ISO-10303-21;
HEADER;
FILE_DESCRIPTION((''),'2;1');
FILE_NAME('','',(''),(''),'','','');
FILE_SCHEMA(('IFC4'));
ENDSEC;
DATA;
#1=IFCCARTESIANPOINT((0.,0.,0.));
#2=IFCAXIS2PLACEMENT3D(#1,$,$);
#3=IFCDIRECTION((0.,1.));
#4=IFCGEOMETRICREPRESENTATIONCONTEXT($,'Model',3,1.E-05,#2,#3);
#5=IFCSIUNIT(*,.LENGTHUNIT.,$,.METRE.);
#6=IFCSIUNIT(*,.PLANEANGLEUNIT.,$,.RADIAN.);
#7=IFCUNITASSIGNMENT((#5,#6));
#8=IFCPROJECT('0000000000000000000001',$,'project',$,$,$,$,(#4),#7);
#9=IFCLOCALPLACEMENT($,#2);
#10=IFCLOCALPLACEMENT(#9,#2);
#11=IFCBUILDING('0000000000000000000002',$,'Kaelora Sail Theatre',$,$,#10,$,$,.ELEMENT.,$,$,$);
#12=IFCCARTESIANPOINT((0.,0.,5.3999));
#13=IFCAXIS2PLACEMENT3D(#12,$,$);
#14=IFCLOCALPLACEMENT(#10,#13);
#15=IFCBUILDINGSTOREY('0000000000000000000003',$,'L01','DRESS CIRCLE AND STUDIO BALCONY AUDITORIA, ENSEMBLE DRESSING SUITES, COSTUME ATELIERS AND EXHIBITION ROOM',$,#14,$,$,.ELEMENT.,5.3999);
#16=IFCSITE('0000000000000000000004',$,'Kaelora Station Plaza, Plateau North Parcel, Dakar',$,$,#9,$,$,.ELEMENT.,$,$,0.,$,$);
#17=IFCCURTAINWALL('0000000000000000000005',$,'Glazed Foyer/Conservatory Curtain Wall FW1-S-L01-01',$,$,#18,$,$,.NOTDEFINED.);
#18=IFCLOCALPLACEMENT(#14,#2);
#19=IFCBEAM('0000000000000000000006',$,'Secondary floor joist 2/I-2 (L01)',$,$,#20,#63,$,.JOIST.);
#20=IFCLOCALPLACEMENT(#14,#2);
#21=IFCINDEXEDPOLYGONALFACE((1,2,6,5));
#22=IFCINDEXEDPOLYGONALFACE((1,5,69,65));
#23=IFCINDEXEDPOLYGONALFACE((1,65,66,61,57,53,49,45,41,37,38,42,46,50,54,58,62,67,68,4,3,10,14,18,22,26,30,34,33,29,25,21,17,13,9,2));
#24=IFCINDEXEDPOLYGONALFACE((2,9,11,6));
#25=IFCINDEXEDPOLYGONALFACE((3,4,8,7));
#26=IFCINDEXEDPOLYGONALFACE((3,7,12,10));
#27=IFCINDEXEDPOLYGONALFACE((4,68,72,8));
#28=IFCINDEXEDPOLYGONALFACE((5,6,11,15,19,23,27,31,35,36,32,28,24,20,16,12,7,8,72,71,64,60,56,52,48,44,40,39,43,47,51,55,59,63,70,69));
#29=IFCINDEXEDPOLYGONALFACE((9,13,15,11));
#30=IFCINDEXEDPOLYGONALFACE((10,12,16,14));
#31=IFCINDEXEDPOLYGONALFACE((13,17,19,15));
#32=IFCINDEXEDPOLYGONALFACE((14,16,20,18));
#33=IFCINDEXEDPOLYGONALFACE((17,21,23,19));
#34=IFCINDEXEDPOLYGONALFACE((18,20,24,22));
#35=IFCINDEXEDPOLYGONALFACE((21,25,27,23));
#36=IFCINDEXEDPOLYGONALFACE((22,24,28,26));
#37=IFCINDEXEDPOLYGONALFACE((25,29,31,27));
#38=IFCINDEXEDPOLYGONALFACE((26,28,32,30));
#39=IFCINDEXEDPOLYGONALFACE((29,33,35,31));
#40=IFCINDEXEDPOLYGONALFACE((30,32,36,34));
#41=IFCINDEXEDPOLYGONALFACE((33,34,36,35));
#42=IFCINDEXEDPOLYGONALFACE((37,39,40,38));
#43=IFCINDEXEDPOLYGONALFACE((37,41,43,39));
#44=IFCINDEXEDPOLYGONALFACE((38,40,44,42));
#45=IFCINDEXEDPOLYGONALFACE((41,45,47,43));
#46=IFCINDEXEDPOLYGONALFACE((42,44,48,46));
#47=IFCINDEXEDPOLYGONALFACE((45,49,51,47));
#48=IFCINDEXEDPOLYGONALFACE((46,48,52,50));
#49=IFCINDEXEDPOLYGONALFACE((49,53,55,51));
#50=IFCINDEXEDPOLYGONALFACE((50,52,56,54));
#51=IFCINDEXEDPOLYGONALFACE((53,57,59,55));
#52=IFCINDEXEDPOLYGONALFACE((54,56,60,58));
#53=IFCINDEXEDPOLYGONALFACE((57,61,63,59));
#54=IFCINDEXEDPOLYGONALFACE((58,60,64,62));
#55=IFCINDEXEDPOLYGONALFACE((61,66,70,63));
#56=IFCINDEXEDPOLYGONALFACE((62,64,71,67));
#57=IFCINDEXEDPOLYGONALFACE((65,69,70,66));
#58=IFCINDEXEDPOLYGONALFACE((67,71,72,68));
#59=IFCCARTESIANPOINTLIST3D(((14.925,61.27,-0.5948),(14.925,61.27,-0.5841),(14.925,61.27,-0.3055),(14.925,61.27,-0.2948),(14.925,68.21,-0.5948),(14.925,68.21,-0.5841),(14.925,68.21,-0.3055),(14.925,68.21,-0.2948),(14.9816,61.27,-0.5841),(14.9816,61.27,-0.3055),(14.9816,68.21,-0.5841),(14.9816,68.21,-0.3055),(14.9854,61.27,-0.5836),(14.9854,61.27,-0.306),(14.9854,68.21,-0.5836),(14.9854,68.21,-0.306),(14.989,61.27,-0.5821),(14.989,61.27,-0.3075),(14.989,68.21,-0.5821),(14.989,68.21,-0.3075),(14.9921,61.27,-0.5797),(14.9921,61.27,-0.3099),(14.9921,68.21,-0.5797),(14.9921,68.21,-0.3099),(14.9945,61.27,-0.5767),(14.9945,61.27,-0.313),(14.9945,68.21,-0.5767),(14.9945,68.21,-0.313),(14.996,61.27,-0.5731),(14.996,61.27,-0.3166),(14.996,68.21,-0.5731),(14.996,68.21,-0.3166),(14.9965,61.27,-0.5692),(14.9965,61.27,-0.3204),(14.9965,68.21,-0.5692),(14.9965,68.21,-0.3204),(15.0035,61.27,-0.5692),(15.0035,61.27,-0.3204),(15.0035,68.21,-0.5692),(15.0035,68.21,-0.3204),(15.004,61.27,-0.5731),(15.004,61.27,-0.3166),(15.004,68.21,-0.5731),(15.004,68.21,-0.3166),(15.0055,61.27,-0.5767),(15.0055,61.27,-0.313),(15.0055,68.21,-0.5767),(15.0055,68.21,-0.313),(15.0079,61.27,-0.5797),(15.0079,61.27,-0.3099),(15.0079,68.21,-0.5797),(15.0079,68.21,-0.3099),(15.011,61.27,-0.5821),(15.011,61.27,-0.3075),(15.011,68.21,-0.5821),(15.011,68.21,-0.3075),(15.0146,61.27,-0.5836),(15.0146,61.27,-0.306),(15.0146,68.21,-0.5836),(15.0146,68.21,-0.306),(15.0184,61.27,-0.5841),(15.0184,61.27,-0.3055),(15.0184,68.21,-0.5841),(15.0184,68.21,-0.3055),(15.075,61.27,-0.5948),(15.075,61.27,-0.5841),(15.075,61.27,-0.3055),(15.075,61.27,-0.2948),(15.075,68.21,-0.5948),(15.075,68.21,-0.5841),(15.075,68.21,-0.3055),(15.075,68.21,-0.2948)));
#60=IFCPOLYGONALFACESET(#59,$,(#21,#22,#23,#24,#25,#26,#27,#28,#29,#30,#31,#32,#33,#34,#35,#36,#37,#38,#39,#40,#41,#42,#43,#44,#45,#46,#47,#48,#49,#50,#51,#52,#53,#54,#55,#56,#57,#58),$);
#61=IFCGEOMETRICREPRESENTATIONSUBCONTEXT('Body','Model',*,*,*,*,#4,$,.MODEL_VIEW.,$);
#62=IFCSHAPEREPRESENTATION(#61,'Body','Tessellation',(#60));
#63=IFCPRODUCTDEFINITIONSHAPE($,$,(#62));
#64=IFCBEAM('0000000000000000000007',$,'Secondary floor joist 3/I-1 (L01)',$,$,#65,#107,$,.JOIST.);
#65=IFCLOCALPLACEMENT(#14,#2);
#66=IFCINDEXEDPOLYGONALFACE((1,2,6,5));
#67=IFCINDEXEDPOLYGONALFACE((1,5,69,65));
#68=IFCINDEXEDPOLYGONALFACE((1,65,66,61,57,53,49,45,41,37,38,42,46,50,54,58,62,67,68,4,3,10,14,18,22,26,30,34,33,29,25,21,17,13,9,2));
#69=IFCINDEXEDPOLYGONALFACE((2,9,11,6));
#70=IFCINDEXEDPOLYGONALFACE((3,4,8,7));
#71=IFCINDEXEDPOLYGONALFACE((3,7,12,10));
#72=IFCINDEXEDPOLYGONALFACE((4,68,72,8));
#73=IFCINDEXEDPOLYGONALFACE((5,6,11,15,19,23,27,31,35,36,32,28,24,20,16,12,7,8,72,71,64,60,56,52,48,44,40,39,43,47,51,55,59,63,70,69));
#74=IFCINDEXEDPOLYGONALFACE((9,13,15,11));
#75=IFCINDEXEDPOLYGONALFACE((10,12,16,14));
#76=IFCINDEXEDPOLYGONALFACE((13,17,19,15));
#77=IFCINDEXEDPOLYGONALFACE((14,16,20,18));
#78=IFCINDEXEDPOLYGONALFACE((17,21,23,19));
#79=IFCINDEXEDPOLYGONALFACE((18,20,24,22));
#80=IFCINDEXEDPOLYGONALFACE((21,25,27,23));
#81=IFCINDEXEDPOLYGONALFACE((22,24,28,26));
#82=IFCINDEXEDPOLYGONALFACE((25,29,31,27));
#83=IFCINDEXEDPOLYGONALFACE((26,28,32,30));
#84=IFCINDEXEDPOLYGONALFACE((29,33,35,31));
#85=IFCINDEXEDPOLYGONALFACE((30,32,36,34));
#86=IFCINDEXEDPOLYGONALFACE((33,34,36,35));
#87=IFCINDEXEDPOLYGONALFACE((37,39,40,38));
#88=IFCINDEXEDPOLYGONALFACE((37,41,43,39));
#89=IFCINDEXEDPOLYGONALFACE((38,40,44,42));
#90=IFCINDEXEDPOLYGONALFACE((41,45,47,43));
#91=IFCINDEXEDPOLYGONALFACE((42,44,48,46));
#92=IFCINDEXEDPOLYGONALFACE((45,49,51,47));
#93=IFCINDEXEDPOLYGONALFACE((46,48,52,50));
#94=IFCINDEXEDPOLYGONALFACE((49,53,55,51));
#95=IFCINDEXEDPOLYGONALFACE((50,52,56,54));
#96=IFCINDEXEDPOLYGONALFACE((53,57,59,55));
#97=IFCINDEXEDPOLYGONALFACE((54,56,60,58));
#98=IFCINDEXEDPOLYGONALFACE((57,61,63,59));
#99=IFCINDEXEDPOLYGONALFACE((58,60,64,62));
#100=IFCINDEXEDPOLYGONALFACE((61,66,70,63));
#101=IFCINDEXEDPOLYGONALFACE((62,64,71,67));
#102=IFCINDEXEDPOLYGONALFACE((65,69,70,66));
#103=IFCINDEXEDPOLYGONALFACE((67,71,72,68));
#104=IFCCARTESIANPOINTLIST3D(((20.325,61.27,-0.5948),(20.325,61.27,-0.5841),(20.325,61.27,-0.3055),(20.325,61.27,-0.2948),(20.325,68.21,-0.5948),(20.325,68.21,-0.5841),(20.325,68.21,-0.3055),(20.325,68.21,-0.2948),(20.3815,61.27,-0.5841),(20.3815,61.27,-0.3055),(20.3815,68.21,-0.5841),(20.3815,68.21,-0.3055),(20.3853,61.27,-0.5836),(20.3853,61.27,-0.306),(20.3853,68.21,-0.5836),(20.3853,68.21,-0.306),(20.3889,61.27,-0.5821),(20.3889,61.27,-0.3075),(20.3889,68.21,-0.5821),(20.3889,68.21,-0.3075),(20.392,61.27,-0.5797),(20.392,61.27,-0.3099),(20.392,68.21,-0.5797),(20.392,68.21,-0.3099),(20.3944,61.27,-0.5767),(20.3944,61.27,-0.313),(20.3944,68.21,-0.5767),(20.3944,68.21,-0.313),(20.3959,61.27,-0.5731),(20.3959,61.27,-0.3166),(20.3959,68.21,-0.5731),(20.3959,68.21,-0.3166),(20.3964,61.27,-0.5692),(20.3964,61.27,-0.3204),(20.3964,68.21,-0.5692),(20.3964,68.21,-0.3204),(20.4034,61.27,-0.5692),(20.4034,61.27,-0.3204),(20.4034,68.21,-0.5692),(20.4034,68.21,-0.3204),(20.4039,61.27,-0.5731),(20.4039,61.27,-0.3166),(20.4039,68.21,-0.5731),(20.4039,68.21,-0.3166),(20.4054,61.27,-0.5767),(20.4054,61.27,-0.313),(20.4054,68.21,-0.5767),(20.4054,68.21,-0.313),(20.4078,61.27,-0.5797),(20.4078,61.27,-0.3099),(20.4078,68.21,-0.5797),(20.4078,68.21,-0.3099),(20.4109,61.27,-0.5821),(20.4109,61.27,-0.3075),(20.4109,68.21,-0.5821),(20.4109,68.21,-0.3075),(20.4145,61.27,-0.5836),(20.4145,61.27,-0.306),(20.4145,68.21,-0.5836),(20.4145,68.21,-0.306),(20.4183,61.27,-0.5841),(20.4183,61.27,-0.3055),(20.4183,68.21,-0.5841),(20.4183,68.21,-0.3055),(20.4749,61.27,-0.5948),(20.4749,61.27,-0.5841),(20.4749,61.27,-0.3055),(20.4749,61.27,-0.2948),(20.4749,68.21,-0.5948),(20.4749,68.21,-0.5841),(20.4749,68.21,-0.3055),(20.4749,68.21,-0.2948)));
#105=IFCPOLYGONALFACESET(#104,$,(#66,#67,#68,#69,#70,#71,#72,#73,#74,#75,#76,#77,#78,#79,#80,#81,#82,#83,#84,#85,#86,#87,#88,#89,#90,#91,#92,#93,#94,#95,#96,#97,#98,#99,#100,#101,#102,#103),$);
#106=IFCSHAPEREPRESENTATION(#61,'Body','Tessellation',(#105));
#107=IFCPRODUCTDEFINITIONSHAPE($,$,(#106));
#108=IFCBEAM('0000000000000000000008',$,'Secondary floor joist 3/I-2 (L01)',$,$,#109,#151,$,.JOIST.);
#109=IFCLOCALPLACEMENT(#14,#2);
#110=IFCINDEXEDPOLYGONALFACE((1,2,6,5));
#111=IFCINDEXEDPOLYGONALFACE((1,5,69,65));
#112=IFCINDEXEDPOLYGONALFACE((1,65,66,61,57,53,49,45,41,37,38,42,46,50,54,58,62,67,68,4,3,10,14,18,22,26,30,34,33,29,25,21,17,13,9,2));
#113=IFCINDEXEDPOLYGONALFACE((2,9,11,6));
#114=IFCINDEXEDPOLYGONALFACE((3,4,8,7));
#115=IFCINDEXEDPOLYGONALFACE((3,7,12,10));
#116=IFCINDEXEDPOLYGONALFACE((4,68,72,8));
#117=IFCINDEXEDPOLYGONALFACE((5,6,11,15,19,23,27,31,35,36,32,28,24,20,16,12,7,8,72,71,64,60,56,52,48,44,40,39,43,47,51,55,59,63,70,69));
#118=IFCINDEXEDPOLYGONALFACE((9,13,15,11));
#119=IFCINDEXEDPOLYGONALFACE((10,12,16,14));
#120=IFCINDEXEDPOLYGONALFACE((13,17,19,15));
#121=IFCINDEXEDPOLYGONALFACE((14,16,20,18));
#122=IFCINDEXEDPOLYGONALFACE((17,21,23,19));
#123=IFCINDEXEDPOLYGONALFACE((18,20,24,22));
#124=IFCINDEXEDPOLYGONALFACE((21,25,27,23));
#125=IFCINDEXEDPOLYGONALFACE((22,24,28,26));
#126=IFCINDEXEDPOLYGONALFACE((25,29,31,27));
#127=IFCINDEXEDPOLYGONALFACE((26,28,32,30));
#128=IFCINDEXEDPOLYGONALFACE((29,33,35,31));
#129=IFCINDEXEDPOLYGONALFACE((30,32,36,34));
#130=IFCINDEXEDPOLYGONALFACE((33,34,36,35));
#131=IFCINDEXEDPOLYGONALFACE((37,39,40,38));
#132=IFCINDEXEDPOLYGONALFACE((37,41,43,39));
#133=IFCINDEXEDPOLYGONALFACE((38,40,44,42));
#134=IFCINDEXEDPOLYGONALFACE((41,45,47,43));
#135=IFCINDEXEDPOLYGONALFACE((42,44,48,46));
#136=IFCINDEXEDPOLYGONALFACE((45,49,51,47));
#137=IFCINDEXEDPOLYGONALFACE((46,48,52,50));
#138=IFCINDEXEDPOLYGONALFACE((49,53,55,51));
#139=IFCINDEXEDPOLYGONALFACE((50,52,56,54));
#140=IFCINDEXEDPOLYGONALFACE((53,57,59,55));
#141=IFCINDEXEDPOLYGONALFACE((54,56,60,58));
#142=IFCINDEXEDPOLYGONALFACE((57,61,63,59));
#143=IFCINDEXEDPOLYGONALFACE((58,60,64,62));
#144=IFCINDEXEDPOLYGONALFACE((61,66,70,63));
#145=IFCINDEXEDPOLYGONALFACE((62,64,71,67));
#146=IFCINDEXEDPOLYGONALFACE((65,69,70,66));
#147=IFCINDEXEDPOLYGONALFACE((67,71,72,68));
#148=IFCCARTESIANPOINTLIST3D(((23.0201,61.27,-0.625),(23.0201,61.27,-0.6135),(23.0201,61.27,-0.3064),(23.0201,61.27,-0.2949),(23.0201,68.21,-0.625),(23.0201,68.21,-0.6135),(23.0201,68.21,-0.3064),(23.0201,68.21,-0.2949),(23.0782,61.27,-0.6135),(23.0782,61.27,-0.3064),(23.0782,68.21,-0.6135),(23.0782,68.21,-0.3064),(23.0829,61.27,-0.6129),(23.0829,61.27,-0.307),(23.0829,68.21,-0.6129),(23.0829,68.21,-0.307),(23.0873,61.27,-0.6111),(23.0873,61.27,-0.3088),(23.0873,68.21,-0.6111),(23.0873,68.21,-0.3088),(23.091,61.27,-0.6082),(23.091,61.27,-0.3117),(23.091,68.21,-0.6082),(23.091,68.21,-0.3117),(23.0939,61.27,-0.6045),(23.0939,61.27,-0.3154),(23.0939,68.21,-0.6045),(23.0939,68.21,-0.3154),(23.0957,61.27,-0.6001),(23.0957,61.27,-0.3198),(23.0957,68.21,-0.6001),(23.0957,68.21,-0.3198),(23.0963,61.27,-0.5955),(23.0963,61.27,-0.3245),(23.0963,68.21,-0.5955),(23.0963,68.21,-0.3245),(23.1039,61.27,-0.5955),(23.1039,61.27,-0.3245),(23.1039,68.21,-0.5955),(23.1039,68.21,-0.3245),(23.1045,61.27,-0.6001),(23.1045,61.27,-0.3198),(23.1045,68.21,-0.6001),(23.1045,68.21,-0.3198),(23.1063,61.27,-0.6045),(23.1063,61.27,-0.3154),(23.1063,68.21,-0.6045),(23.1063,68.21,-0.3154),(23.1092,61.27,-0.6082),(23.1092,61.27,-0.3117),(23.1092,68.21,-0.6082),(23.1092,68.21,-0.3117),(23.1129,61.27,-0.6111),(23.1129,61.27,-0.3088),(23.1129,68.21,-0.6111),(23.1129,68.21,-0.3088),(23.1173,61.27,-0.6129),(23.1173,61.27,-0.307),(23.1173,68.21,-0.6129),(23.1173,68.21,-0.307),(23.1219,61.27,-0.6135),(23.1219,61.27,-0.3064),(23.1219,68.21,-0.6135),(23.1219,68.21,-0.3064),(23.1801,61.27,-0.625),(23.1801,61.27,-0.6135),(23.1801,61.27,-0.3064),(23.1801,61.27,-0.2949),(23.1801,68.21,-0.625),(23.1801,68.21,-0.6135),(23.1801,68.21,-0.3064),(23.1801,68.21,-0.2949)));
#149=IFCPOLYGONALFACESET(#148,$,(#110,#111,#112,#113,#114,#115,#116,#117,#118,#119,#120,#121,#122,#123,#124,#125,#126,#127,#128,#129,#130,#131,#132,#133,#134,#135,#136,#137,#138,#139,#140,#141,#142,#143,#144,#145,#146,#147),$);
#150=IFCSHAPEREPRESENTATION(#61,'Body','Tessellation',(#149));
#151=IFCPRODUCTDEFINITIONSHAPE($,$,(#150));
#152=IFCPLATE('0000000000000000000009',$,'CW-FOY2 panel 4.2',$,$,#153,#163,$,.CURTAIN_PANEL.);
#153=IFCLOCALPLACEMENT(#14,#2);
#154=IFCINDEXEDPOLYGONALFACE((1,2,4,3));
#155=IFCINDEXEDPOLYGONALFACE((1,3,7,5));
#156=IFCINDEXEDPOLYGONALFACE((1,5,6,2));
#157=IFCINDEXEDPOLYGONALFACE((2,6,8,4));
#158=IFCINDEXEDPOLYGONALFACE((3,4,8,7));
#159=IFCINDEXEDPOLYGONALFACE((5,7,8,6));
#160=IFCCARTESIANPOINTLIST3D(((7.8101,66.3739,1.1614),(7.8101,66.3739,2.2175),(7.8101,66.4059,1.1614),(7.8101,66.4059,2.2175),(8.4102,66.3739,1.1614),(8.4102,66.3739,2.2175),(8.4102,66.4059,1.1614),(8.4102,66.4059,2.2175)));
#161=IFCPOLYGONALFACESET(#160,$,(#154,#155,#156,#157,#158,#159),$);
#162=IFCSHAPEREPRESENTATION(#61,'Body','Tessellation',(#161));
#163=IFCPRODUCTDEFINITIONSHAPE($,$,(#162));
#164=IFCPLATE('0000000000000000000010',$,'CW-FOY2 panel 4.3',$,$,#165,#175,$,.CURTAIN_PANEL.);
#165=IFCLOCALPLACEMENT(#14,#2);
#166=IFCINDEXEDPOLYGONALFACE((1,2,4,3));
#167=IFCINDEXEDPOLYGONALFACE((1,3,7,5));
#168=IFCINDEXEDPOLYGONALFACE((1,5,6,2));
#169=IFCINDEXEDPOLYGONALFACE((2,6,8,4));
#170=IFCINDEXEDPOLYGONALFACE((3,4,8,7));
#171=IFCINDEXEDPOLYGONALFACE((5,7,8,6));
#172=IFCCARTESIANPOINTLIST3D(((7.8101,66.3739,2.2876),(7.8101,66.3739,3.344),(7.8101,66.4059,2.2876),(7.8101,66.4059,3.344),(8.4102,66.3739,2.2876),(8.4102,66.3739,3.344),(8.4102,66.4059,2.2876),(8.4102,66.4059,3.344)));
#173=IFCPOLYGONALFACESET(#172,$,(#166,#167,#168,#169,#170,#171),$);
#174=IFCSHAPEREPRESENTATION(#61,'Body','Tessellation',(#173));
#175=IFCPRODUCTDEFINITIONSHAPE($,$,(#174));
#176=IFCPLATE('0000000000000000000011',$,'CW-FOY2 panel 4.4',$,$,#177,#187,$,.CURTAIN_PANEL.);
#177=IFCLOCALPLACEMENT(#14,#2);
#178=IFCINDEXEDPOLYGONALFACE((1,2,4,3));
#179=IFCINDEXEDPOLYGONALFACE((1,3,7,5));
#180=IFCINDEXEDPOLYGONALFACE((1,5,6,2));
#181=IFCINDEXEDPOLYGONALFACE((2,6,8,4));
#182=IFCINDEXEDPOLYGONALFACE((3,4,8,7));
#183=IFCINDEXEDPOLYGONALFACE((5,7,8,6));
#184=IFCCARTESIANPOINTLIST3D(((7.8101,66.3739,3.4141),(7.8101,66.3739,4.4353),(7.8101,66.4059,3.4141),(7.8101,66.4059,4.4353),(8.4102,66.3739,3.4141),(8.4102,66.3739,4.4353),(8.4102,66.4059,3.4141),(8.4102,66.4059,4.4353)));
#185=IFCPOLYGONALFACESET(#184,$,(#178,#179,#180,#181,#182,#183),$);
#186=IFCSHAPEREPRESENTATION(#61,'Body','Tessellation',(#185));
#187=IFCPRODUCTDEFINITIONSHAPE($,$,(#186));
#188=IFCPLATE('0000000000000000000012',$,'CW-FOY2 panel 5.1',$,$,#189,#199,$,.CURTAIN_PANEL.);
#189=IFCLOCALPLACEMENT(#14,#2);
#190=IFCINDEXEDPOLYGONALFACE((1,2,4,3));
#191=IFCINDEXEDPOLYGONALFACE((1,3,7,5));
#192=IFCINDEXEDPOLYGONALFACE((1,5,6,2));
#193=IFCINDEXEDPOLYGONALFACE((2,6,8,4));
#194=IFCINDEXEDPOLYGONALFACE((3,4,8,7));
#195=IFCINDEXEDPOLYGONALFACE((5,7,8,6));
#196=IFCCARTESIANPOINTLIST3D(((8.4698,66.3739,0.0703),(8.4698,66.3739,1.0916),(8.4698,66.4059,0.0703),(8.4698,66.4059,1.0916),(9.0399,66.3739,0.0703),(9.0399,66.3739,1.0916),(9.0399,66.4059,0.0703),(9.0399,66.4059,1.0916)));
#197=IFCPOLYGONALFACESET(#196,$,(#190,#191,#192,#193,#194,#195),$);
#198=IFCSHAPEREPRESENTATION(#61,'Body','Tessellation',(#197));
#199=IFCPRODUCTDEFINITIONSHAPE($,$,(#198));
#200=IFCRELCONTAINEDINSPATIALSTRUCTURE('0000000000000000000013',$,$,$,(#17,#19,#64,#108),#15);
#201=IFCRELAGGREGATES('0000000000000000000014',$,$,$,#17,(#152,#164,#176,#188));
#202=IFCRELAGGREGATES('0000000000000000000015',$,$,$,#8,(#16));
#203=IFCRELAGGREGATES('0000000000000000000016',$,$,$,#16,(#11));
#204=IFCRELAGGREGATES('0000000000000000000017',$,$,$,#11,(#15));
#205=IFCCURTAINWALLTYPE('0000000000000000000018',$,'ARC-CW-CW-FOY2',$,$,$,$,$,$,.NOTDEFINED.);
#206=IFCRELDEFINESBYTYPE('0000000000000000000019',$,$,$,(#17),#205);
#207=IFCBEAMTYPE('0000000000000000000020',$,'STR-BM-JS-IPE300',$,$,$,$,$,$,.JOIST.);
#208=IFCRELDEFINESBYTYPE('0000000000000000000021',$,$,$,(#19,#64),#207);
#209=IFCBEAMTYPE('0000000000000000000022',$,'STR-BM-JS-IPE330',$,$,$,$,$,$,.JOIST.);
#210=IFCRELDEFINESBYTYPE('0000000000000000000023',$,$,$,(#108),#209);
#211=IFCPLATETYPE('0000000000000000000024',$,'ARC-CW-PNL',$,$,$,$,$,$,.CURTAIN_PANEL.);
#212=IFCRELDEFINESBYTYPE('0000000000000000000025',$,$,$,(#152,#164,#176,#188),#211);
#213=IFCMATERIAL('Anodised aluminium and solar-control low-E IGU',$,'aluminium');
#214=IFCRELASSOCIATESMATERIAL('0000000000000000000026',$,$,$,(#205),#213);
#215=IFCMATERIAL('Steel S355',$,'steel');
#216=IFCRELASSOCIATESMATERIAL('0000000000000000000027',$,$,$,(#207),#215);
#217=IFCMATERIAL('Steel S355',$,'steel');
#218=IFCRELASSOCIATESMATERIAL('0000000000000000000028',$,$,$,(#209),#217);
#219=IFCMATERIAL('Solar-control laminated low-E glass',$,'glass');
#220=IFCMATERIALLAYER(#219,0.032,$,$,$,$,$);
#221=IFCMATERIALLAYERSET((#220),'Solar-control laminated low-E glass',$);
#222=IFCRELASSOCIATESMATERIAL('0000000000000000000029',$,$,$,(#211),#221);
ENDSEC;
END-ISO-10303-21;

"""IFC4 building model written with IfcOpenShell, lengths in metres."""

from ifc_helpers import new_model, si_unit, direction, frame, origin, origin_2d, place, context, subcontext, project, spatial, rectangle, i_section, extrude, material, layer, layer_set, material_profile, profile_set, type_object, element, aggregate, save


model = new_model("IFC4")

# Units and contexts
model_context = context("Model", 3, precision=1e-05, world=origin(), true_north=direction((0.0, 1.0)))
body_context = subcontext(model_context, "Body", "Model", "MODEL_VIEW")
ifc_project = project(units=[si_unit("LENGTHUNIT", "METRE"), si_unit("PLANEANGLEUNIT", "RADIAN")], contexts=[model_context])

# Site, building, storey
site_placement = place(None, origin())
site = spatial("IfcSite", under=ifc_project, at=site_placement, Name="Kaelora Station Plaza, Plateau North Parcel, Dakar", CompositionType="ELEMENT", RefElevation=0.0)
building_placement = place(site_placement, origin())
building = spatial("IfcBuilding", under=site, at=building_placement, Name="Kaelora Sail Theatre", CompositionType="ELEMENT")
storey_placement = place(building_placement, frame((0.0, 0.0, 5.3999)))
storey = spatial("IfcBuildingStorey", under=building, at=storey_placement, Name="L01", Description="DRESS CIRCLE AND STUDIO BALCONY AUDITORIA, ENSEMBLE DRESSING SUITES, COSTUME ATELIERS AND EXHIBITION ROOM", CompositionType="ELEMENT", Elevation=5.3999)

# Curtain wall
ifc_material_1 = material(Name="Anodised aluminium and solar-control low-E IGU", Category="aluminium")
curtain_wall_type = type_object("IfcCurtainWallType", Name="ARC-CW-CW-FOY2", PredefinedType="NOTDEFINED", material=ifc_material_1)
curtain_wall_1_placement = place(storey_placement, origin())
curtain_wall_1 = element("IfcCurtainWall", 1, at=curtain_wall_1_placement, inside=storey, type_object=curtain_wall_type, Name="Glazed Foyer/Conservatory Curtain Wall FW1-S-L01-01", PredefinedType="NOTDEFINED")

# Beams
ifc_material_2 = material(Name="Steel S355", Category="steel")
ifc_material_profile_1 = material_profile(ifc_material_2, i_section(OverallWidth=0.1499, OverallDepth=0.3, WebThickness=0.0071, FlangeThickness=0.0107, FilletRadius=0.0149, at=origin_2d()), Name="IPE 300")
ifc_profile_set_1 = profile_set([ifc_material_profile_1], Name="Steel S355")
beam_type_1 = type_object("IfcBeamType", Name="STR-BM-JS-IPE300", PredefinedType="JOIST", material=ifc_profile_set_1)
for number, where, z_axis, x_axis, name in (
    (2, (15.0, 61.27, -0.4448), (0.0, 1.0, 0.0), (-1.0, 0.0, 0.0), "Secondary floor joist 2/I-2 (L01)"),
    (3, (20.3999, 61.27, -0.4448), (0.0, 1.0, 0.0), (-1.0, 0.0, 0.0), "Secondary floor joist 3/I-1 (L01)"),
):
    element("IfcBeam", number, at=place(storey_placement, frame(where, z_axis=z_axis, x_axis=x_axis)), inside=storey, type_object=beam_type_1, Name=name, PredefinedType="JOIST", context=body_context, shape_type="SweptSolid", body=[
        extrude(i_section(OverallWidth=0.1499, OverallDepth=0.3, WebThickness=0.0071, FlangeThickness=0.0107, FilletRadius=0.0149, at=origin_2d()), origin(), (0.0, 0.0, 1.0), 6.9399),
    ])
ifc_material_3 = material(Name="Steel S355", Category="steel")
ifc_material_profile_2 = material_profile(ifc_material_3, i_section(OverallWidth=0.1599, OverallDepth=0.3301, WebThickness=0.0076, FlangeThickness=0.0115, FilletRadius=0.0181, at=origin_2d()), Name="IPE 330")
ifc_profile_set_2 = profile_set([ifc_material_profile_2], Name="Steel S355")
beam_type_2 = type_object("IfcBeamType", Name="STR-BM-JS-IPE330", PredefinedType="JOIST", material=ifc_profile_set_2)
beam_1_placement = place(storey_placement, frame((23.1001, 61.27, -0.46), z_axis=(0.0, 1.0, 0.0), x_axis=(-1.0, 0.0, 0.0)))
element("IfcBeam", 4, at=beam_1_placement, inside=storey, type_object=beam_type_2, Name="Secondary floor joist 3/I-2 (L01)", PredefinedType="JOIST", context=body_context, shape_type="SweptSolid", body=[
    extrude(i_section(OverallWidth=0.1599, OverallDepth=0.3301, WebThickness=0.0076, FlangeThickness=0.0115, FilletRadius=0.0181, at=origin_2d()), origin(), (0.0, 0.0, 1.0), 6.9399),
])

# Plates
ifc_material_4 = material(Name="Solar-control laminated low-E glass", Category="glass")
ifc_layer = layer(ifc_material_4, 0.032)
ifc_layer_set = layer_set([ifc_layer], Name="Solar-control laminated low-E glass")
plate_type = type_object("IfcPlateType", Name="ARC-CW-PNL", PredefinedType="CURTAIN_PANEL", material=ifc_layer_set)
plate_1_placement = place(storey_placement, frame((8.1101, 66.3899, 1.1614), z_axis=(0.0, 0.0, 1.0), x_axis=(1.0, 0.0, 0.0)))
plate_1 = element("IfcPlate", 5, at=plate_1_placement, type_object=plate_type, Name="CW-FOY2 panel 4.2", PredefinedType="CURTAIN_PANEL", context=body_context, shape_type="SweptSolid", body=[
    extrude(rectangle(XDim=0.6001, YDim=0.032, at=origin_2d()), origin(), (0.0, 0.0, 1.0), 1.0562),
])
plate_2_placement = place(storey_placement, frame((8.1101, 66.3899, 2.2876), z_axis=(0.0, 0.0, 1.0), x_axis=(1.0, 0.0, 0.0)))
plate_2 = element("IfcPlate", 6, at=plate_2_placement, type_object=plate_type, Name="CW-FOY2 panel 4.3", PredefinedType="CURTAIN_PANEL", context=body_context, shape_type="SweptSolid", body=[
    extrude(rectangle(XDim=0.6001, YDim=0.032, at=origin_2d()), origin(), (0.0, 0.0, 1.0), 1.0564),
])
plate_3_placement = place(storey_placement, frame((8.1101, 66.3899, 3.4141), z_axis=(0.0, 0.0, 1.0), x_axis=(1.0, 0.0, 0.0)))
plate_3 = element("IfcPlate", 7, at=plate_3_placement, type_object=plate_type, Name="CW-FOY2 panel 4.4", PredefinedType="CURTAIN_PANEL", context=body_context, shape_type="SweptSolid", body=[
    extrude(rectangle(XDim=0.6001, YDim=0.032, at=origin_2d()), origin(), (0.0, 0.0, 1.0), 1.0212),
])
plate_4_placement = place(storey_placement, frame((8.7549, 66.3899, 0.0703), z_axis=(0.0, 0.0, 1.0), x_axis=(1.0, 0.0, 0.0)))
plate_4 = element("IfcPlate", 8, at=plate_4_placement, type_object=plate_type, Name="CW-FOY2 panel 5.1", PredefinedType="CURTAIN_PANEL", context=body_context, shape_type="SweptSolid", body=[
    extrude(rectangle(XDim=0.5701, YDim=0.032, at=origin_2d()), origin(), (0.0, 0.0, 1.0), 1.0212),
])
aggregate(curtain_wall_1, [plate_1, plate_2, plate_3, plate_4])

save(model, "model.ifc")
